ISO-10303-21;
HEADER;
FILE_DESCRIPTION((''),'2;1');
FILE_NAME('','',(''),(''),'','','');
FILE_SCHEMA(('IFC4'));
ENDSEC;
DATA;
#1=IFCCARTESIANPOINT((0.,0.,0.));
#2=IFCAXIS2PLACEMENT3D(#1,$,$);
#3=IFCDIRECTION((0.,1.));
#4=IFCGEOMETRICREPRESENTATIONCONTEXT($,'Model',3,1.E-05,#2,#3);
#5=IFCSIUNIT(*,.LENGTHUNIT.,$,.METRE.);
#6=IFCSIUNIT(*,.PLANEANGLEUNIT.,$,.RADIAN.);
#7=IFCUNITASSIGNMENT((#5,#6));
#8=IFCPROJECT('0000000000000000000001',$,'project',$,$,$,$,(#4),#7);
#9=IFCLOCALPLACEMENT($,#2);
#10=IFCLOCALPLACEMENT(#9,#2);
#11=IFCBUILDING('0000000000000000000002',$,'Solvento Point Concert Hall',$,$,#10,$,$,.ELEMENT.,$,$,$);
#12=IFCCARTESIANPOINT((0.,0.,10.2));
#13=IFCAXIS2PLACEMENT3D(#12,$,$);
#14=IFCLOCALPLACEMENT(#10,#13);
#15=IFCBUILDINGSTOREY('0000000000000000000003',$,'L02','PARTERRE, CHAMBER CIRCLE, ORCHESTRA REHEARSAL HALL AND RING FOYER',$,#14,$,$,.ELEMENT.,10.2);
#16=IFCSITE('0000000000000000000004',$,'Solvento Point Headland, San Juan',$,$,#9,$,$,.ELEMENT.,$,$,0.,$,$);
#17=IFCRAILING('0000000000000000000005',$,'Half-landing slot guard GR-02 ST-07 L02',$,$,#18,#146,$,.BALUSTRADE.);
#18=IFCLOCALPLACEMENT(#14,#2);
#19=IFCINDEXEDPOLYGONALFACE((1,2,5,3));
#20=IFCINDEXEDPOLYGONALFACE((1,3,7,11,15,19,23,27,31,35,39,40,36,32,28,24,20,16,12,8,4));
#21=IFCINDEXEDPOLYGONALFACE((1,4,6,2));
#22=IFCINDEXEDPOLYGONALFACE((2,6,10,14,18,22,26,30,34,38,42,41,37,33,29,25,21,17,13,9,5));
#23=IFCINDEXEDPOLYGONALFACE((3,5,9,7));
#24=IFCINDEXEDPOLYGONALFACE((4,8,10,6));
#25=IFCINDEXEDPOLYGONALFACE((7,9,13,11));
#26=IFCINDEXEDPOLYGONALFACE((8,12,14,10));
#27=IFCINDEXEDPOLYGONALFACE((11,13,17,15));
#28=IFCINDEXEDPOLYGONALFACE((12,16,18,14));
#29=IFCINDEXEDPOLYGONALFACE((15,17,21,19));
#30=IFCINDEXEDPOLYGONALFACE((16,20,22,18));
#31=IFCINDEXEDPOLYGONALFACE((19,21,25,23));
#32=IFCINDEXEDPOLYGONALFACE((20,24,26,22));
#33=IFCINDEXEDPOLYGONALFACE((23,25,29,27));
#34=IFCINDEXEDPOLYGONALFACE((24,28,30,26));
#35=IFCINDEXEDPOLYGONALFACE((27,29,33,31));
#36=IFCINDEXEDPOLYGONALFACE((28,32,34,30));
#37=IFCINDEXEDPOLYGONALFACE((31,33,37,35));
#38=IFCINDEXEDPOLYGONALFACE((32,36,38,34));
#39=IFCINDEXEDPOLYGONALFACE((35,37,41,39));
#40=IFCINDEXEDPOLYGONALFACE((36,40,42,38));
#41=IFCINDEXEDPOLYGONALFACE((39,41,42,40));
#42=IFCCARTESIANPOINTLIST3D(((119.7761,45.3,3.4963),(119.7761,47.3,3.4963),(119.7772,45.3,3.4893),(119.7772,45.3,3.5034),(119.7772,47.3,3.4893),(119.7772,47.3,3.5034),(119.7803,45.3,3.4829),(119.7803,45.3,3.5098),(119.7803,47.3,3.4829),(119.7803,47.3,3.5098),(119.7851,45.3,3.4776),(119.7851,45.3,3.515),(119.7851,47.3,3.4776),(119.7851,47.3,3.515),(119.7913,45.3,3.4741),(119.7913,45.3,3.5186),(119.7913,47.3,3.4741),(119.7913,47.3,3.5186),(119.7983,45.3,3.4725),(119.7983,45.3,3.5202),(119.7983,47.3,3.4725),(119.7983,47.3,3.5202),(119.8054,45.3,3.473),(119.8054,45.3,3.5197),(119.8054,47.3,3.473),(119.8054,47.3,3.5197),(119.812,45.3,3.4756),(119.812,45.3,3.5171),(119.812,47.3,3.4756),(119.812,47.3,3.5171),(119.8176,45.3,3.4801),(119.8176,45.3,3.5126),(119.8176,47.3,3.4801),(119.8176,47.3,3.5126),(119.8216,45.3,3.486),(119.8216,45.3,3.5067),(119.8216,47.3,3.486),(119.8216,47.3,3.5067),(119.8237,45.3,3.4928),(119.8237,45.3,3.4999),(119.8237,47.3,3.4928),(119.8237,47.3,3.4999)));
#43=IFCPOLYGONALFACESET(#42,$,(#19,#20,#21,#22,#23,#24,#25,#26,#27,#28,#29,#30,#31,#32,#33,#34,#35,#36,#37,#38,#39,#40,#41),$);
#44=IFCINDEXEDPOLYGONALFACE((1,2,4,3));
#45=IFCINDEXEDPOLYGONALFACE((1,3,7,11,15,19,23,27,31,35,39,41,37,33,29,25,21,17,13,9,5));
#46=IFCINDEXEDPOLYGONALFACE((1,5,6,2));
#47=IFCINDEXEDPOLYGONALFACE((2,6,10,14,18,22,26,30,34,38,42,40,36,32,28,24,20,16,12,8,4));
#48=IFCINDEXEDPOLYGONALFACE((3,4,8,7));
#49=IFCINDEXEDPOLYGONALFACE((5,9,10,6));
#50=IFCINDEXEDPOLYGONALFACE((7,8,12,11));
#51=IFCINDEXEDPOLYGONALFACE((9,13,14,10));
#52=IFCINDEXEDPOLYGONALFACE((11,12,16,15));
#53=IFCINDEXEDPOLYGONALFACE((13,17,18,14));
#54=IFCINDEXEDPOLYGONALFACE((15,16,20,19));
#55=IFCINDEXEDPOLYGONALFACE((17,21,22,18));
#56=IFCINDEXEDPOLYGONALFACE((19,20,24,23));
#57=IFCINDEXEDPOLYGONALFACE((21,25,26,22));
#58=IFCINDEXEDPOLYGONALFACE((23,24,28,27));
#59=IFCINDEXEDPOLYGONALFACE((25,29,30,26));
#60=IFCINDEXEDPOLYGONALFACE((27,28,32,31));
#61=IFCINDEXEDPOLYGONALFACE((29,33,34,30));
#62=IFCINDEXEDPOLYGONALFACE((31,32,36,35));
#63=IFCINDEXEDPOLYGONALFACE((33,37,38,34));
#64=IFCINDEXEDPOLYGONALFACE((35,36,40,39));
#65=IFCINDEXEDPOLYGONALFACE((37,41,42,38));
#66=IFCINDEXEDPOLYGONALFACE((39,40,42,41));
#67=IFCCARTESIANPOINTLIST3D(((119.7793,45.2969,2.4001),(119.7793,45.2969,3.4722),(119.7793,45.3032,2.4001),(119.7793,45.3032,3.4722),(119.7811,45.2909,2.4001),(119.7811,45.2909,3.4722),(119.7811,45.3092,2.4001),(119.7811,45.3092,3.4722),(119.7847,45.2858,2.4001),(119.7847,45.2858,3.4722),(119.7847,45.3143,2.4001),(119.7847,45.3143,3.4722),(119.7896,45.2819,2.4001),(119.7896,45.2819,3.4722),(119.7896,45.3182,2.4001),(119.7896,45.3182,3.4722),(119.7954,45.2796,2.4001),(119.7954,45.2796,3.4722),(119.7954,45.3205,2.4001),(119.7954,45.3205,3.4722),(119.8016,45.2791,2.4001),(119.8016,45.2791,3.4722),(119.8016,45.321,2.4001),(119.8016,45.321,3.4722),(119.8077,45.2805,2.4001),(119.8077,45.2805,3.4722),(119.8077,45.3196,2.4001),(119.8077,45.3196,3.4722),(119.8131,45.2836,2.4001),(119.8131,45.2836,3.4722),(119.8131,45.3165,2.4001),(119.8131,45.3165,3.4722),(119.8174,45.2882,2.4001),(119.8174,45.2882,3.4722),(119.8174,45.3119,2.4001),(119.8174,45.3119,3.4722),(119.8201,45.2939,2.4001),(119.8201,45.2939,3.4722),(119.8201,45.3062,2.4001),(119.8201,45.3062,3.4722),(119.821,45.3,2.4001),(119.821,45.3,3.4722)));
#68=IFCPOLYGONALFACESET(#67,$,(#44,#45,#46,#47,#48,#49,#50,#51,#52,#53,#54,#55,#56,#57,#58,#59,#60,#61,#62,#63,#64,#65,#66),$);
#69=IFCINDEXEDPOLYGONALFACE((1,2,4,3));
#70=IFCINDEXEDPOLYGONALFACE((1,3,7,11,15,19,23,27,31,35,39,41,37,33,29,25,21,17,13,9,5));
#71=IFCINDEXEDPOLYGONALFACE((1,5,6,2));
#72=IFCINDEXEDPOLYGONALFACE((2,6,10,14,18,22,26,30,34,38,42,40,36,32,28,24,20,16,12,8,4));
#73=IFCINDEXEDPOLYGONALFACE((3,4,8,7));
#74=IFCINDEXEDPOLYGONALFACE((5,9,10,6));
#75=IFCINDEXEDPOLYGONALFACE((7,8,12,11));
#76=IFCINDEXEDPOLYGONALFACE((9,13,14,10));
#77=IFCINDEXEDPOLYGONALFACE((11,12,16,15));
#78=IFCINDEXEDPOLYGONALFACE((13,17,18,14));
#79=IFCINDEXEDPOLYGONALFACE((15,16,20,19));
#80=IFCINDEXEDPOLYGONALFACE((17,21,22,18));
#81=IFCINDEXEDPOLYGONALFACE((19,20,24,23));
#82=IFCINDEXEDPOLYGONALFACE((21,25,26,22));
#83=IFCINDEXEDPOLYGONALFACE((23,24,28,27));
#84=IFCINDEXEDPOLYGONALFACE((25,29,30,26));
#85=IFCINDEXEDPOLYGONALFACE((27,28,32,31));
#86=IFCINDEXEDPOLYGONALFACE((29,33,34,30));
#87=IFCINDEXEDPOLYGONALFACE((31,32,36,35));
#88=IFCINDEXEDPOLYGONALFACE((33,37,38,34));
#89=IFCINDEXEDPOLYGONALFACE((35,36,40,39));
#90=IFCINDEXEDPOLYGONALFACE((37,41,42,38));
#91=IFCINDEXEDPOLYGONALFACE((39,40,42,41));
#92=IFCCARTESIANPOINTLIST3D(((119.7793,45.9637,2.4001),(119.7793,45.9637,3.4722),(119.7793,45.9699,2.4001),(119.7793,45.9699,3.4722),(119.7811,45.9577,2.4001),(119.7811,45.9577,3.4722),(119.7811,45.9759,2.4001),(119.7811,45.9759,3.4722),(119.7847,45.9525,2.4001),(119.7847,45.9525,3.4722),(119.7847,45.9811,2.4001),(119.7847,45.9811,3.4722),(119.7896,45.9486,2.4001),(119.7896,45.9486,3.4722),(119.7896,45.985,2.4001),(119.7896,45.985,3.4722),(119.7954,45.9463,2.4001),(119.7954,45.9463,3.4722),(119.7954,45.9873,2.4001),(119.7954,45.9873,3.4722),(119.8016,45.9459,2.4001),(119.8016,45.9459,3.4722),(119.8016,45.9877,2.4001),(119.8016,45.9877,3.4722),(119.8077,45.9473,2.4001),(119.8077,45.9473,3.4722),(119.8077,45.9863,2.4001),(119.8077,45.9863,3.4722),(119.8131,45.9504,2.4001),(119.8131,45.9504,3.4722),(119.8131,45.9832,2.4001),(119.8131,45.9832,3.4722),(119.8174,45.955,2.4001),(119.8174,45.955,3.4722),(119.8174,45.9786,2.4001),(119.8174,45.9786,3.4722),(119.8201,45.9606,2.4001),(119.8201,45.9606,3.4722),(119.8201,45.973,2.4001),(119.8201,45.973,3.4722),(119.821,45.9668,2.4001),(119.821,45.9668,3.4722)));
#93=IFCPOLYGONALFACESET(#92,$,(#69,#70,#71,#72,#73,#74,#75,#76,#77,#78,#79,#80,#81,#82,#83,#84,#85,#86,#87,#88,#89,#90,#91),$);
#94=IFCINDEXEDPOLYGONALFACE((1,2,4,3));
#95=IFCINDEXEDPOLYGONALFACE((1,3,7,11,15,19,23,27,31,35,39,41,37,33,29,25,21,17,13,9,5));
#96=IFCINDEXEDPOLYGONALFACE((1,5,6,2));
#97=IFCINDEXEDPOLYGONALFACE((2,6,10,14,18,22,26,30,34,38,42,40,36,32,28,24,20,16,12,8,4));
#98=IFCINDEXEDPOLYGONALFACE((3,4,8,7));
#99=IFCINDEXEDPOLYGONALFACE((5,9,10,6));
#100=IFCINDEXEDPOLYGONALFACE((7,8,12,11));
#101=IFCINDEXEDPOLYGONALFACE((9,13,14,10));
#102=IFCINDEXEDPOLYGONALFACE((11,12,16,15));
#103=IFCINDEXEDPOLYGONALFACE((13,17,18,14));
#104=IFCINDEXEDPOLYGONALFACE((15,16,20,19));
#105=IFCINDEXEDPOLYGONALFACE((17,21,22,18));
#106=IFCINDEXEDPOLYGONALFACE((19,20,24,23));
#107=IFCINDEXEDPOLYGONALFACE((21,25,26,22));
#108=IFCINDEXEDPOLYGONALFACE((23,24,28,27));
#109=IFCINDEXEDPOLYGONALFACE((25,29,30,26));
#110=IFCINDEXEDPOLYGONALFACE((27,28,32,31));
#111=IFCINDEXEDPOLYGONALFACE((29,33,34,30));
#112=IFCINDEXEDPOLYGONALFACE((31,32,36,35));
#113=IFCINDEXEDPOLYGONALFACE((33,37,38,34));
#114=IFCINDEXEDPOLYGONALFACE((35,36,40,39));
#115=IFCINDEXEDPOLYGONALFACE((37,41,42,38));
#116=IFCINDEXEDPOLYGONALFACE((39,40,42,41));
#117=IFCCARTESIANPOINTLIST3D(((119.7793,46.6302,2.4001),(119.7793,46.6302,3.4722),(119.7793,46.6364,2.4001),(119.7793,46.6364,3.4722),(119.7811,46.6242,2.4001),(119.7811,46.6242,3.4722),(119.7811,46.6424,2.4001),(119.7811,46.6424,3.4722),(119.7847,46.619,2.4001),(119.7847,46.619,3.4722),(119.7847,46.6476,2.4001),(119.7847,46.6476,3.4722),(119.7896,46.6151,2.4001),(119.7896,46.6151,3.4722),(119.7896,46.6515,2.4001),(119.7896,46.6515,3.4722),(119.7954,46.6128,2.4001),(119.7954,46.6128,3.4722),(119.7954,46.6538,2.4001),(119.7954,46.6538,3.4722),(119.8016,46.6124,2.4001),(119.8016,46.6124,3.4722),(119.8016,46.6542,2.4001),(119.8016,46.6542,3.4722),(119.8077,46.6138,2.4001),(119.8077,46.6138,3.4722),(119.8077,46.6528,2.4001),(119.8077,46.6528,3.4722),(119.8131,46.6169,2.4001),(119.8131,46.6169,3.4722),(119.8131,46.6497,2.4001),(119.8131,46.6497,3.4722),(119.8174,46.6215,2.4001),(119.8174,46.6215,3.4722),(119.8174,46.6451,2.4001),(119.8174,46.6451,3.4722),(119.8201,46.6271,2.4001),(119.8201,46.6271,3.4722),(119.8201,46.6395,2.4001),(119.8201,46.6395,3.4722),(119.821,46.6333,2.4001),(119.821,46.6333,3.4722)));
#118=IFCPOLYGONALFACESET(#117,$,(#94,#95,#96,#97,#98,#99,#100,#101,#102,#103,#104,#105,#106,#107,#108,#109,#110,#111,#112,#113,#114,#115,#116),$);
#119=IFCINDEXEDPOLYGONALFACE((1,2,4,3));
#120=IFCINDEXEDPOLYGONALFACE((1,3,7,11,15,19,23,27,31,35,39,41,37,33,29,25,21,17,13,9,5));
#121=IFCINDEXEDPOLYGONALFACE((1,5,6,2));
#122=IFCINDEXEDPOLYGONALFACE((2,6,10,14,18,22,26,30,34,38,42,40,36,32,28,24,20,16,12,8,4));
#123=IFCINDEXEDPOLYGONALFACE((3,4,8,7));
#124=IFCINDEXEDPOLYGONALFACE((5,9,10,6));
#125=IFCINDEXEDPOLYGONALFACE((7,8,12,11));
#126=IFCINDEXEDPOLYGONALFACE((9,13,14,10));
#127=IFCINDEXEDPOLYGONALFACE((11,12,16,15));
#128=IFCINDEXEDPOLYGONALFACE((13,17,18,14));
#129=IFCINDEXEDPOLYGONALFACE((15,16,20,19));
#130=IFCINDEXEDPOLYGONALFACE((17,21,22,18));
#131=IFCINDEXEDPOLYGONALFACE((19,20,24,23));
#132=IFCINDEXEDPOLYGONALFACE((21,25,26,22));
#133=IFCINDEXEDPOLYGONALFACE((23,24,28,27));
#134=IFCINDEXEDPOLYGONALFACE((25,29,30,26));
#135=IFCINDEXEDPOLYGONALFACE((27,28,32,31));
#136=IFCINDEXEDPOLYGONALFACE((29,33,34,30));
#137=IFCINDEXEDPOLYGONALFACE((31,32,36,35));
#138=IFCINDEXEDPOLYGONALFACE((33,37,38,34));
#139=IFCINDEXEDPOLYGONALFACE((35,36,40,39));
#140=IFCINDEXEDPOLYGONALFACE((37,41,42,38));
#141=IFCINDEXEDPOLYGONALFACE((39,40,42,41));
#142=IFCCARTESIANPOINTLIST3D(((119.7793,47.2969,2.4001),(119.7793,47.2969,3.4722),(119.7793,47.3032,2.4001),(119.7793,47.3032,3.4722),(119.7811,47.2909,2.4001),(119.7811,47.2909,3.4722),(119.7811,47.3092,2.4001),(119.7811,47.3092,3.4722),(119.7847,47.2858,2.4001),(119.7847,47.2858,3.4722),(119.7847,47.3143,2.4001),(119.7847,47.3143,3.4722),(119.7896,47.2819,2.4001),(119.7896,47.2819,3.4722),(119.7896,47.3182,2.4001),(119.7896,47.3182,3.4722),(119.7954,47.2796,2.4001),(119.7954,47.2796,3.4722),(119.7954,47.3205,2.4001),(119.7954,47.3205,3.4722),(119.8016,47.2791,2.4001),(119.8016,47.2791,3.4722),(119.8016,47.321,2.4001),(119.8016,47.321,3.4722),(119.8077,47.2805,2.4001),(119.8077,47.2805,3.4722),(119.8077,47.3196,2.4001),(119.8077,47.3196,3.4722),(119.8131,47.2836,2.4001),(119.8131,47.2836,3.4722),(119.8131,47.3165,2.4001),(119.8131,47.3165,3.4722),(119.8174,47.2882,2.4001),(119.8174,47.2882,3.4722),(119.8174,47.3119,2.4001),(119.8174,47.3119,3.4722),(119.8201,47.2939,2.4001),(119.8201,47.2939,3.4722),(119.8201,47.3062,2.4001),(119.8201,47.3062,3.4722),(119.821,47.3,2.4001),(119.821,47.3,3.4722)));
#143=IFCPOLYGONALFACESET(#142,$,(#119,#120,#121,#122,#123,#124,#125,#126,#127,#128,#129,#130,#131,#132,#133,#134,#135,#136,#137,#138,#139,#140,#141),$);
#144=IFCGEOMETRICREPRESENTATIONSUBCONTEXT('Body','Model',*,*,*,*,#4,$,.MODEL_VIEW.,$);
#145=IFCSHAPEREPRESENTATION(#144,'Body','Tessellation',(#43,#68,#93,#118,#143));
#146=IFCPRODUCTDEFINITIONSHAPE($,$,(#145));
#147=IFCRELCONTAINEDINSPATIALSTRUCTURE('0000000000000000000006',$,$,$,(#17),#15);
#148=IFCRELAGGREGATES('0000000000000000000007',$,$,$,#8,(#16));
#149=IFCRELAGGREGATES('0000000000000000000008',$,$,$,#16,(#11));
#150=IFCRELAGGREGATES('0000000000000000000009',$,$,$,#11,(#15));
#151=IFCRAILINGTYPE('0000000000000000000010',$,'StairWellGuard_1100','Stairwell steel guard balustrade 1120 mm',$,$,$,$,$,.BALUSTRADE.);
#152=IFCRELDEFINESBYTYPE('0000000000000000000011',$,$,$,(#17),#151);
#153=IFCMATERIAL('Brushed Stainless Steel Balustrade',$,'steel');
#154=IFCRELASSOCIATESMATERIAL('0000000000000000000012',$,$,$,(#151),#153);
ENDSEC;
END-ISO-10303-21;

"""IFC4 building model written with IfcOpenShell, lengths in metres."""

from ifc_helpers import new_model, si_unit, direction, frame, origin, origin_2d, place, context, subcontext, project, spatial, circle, extrude, material, type_object, element, save


model = new_model("IFC4")

# Units and contexts
model_context = context("Model", 3, precision=1e-05, world=origin(), true_north=direction((0.0, 1.0)))
body_context = subcontext(model_context, "Body", "Model", "MODEL_VIEW")
ifc_project = project(units=[si_unit("LENGTHUNIT", "METRE"), si_unit("PLANEANGLEUNIT", "RADIAN")], contexts=[model_context])

# Site, building, storey
site_placement = place(None, origin())
site = spatial("IfcSite", under=ifc_project, at=site_placement, Name="Solvento Point Headland, San Juan", CompositionType="ELEMENT", RefElevation=0.0)
building_placement = place(site_placement, origin())
building = spatial("IfcBuilding", under=site, at=building_placement, Name="Solvento Point Concert Hall", CompositionType="ELEMENT")
storey_placement = place(building_placement, frame((0.0, 0.0, 10.2)))
storey = spatial("IfcBuildingStorey", under=building, at=storey_placement, Name="L02", Description="PARTERRE, CHAMBER CIRCLE, ORCHESTRA REHEARSAL HALL AND RING FOYER", CompositionType="ELEMENT", Elevation=10.2)

# Railing
ifc_material_1 = material(Name="Brushed Stainless Steel Balustrade", Category="steel")
railing_type_1 = type_object("IfcRailingType", Name="StairWellGuard_1100", Description="Stairwell steel guard balustrade 1120 mm", PredefinedType="BALUSTRADE", material=ifc_material_1)
railing_1_placement = place(storey_placement, frame((119.8, 45.3, 2.4001)))
element("IfcRailing", 1, at=railing_1_placement, inside=storey, type_object=railing_type_1, Name="Half-landing slot guard GR-02 ST-07 L02", PredefinedType="BALUSTRADE", context=body_context, shape_type="SweptSolid", body=[
    extrude(circle(Radius=0.0239, at=origin_2d()), frame((0.0, 0.0, 1.0962), z_axis=(0.0, 1.0, 0.0), x_axis=(-1.0, 0.0, 0.0)), (0.0, 0.0, 1.0), 2.0),
    extrude(circle(Radius=0.021, at=origin_2d()), origin(), (0.0, 0.0, 1.0), 1.072),
    extrude(circle(Radius=0.021, at=origin_2d()), frame((0.0, 0.6667, 0.0)), (0.0, 0.0, 1.0), 1.072),
    extrude(circle(Radius=0.021, at=origin_2d()), frame((0.0, 1.3333, 0.0)), (0.0, 0.0, 1.0), 1.072),
    extrude(circle(Radius=0.021, at=origin_2d()), frame((0.0, 2.0, 0.0)), (0.0, 0.0, 1.0), 1.072),
])

save(model, "model.ifc")
